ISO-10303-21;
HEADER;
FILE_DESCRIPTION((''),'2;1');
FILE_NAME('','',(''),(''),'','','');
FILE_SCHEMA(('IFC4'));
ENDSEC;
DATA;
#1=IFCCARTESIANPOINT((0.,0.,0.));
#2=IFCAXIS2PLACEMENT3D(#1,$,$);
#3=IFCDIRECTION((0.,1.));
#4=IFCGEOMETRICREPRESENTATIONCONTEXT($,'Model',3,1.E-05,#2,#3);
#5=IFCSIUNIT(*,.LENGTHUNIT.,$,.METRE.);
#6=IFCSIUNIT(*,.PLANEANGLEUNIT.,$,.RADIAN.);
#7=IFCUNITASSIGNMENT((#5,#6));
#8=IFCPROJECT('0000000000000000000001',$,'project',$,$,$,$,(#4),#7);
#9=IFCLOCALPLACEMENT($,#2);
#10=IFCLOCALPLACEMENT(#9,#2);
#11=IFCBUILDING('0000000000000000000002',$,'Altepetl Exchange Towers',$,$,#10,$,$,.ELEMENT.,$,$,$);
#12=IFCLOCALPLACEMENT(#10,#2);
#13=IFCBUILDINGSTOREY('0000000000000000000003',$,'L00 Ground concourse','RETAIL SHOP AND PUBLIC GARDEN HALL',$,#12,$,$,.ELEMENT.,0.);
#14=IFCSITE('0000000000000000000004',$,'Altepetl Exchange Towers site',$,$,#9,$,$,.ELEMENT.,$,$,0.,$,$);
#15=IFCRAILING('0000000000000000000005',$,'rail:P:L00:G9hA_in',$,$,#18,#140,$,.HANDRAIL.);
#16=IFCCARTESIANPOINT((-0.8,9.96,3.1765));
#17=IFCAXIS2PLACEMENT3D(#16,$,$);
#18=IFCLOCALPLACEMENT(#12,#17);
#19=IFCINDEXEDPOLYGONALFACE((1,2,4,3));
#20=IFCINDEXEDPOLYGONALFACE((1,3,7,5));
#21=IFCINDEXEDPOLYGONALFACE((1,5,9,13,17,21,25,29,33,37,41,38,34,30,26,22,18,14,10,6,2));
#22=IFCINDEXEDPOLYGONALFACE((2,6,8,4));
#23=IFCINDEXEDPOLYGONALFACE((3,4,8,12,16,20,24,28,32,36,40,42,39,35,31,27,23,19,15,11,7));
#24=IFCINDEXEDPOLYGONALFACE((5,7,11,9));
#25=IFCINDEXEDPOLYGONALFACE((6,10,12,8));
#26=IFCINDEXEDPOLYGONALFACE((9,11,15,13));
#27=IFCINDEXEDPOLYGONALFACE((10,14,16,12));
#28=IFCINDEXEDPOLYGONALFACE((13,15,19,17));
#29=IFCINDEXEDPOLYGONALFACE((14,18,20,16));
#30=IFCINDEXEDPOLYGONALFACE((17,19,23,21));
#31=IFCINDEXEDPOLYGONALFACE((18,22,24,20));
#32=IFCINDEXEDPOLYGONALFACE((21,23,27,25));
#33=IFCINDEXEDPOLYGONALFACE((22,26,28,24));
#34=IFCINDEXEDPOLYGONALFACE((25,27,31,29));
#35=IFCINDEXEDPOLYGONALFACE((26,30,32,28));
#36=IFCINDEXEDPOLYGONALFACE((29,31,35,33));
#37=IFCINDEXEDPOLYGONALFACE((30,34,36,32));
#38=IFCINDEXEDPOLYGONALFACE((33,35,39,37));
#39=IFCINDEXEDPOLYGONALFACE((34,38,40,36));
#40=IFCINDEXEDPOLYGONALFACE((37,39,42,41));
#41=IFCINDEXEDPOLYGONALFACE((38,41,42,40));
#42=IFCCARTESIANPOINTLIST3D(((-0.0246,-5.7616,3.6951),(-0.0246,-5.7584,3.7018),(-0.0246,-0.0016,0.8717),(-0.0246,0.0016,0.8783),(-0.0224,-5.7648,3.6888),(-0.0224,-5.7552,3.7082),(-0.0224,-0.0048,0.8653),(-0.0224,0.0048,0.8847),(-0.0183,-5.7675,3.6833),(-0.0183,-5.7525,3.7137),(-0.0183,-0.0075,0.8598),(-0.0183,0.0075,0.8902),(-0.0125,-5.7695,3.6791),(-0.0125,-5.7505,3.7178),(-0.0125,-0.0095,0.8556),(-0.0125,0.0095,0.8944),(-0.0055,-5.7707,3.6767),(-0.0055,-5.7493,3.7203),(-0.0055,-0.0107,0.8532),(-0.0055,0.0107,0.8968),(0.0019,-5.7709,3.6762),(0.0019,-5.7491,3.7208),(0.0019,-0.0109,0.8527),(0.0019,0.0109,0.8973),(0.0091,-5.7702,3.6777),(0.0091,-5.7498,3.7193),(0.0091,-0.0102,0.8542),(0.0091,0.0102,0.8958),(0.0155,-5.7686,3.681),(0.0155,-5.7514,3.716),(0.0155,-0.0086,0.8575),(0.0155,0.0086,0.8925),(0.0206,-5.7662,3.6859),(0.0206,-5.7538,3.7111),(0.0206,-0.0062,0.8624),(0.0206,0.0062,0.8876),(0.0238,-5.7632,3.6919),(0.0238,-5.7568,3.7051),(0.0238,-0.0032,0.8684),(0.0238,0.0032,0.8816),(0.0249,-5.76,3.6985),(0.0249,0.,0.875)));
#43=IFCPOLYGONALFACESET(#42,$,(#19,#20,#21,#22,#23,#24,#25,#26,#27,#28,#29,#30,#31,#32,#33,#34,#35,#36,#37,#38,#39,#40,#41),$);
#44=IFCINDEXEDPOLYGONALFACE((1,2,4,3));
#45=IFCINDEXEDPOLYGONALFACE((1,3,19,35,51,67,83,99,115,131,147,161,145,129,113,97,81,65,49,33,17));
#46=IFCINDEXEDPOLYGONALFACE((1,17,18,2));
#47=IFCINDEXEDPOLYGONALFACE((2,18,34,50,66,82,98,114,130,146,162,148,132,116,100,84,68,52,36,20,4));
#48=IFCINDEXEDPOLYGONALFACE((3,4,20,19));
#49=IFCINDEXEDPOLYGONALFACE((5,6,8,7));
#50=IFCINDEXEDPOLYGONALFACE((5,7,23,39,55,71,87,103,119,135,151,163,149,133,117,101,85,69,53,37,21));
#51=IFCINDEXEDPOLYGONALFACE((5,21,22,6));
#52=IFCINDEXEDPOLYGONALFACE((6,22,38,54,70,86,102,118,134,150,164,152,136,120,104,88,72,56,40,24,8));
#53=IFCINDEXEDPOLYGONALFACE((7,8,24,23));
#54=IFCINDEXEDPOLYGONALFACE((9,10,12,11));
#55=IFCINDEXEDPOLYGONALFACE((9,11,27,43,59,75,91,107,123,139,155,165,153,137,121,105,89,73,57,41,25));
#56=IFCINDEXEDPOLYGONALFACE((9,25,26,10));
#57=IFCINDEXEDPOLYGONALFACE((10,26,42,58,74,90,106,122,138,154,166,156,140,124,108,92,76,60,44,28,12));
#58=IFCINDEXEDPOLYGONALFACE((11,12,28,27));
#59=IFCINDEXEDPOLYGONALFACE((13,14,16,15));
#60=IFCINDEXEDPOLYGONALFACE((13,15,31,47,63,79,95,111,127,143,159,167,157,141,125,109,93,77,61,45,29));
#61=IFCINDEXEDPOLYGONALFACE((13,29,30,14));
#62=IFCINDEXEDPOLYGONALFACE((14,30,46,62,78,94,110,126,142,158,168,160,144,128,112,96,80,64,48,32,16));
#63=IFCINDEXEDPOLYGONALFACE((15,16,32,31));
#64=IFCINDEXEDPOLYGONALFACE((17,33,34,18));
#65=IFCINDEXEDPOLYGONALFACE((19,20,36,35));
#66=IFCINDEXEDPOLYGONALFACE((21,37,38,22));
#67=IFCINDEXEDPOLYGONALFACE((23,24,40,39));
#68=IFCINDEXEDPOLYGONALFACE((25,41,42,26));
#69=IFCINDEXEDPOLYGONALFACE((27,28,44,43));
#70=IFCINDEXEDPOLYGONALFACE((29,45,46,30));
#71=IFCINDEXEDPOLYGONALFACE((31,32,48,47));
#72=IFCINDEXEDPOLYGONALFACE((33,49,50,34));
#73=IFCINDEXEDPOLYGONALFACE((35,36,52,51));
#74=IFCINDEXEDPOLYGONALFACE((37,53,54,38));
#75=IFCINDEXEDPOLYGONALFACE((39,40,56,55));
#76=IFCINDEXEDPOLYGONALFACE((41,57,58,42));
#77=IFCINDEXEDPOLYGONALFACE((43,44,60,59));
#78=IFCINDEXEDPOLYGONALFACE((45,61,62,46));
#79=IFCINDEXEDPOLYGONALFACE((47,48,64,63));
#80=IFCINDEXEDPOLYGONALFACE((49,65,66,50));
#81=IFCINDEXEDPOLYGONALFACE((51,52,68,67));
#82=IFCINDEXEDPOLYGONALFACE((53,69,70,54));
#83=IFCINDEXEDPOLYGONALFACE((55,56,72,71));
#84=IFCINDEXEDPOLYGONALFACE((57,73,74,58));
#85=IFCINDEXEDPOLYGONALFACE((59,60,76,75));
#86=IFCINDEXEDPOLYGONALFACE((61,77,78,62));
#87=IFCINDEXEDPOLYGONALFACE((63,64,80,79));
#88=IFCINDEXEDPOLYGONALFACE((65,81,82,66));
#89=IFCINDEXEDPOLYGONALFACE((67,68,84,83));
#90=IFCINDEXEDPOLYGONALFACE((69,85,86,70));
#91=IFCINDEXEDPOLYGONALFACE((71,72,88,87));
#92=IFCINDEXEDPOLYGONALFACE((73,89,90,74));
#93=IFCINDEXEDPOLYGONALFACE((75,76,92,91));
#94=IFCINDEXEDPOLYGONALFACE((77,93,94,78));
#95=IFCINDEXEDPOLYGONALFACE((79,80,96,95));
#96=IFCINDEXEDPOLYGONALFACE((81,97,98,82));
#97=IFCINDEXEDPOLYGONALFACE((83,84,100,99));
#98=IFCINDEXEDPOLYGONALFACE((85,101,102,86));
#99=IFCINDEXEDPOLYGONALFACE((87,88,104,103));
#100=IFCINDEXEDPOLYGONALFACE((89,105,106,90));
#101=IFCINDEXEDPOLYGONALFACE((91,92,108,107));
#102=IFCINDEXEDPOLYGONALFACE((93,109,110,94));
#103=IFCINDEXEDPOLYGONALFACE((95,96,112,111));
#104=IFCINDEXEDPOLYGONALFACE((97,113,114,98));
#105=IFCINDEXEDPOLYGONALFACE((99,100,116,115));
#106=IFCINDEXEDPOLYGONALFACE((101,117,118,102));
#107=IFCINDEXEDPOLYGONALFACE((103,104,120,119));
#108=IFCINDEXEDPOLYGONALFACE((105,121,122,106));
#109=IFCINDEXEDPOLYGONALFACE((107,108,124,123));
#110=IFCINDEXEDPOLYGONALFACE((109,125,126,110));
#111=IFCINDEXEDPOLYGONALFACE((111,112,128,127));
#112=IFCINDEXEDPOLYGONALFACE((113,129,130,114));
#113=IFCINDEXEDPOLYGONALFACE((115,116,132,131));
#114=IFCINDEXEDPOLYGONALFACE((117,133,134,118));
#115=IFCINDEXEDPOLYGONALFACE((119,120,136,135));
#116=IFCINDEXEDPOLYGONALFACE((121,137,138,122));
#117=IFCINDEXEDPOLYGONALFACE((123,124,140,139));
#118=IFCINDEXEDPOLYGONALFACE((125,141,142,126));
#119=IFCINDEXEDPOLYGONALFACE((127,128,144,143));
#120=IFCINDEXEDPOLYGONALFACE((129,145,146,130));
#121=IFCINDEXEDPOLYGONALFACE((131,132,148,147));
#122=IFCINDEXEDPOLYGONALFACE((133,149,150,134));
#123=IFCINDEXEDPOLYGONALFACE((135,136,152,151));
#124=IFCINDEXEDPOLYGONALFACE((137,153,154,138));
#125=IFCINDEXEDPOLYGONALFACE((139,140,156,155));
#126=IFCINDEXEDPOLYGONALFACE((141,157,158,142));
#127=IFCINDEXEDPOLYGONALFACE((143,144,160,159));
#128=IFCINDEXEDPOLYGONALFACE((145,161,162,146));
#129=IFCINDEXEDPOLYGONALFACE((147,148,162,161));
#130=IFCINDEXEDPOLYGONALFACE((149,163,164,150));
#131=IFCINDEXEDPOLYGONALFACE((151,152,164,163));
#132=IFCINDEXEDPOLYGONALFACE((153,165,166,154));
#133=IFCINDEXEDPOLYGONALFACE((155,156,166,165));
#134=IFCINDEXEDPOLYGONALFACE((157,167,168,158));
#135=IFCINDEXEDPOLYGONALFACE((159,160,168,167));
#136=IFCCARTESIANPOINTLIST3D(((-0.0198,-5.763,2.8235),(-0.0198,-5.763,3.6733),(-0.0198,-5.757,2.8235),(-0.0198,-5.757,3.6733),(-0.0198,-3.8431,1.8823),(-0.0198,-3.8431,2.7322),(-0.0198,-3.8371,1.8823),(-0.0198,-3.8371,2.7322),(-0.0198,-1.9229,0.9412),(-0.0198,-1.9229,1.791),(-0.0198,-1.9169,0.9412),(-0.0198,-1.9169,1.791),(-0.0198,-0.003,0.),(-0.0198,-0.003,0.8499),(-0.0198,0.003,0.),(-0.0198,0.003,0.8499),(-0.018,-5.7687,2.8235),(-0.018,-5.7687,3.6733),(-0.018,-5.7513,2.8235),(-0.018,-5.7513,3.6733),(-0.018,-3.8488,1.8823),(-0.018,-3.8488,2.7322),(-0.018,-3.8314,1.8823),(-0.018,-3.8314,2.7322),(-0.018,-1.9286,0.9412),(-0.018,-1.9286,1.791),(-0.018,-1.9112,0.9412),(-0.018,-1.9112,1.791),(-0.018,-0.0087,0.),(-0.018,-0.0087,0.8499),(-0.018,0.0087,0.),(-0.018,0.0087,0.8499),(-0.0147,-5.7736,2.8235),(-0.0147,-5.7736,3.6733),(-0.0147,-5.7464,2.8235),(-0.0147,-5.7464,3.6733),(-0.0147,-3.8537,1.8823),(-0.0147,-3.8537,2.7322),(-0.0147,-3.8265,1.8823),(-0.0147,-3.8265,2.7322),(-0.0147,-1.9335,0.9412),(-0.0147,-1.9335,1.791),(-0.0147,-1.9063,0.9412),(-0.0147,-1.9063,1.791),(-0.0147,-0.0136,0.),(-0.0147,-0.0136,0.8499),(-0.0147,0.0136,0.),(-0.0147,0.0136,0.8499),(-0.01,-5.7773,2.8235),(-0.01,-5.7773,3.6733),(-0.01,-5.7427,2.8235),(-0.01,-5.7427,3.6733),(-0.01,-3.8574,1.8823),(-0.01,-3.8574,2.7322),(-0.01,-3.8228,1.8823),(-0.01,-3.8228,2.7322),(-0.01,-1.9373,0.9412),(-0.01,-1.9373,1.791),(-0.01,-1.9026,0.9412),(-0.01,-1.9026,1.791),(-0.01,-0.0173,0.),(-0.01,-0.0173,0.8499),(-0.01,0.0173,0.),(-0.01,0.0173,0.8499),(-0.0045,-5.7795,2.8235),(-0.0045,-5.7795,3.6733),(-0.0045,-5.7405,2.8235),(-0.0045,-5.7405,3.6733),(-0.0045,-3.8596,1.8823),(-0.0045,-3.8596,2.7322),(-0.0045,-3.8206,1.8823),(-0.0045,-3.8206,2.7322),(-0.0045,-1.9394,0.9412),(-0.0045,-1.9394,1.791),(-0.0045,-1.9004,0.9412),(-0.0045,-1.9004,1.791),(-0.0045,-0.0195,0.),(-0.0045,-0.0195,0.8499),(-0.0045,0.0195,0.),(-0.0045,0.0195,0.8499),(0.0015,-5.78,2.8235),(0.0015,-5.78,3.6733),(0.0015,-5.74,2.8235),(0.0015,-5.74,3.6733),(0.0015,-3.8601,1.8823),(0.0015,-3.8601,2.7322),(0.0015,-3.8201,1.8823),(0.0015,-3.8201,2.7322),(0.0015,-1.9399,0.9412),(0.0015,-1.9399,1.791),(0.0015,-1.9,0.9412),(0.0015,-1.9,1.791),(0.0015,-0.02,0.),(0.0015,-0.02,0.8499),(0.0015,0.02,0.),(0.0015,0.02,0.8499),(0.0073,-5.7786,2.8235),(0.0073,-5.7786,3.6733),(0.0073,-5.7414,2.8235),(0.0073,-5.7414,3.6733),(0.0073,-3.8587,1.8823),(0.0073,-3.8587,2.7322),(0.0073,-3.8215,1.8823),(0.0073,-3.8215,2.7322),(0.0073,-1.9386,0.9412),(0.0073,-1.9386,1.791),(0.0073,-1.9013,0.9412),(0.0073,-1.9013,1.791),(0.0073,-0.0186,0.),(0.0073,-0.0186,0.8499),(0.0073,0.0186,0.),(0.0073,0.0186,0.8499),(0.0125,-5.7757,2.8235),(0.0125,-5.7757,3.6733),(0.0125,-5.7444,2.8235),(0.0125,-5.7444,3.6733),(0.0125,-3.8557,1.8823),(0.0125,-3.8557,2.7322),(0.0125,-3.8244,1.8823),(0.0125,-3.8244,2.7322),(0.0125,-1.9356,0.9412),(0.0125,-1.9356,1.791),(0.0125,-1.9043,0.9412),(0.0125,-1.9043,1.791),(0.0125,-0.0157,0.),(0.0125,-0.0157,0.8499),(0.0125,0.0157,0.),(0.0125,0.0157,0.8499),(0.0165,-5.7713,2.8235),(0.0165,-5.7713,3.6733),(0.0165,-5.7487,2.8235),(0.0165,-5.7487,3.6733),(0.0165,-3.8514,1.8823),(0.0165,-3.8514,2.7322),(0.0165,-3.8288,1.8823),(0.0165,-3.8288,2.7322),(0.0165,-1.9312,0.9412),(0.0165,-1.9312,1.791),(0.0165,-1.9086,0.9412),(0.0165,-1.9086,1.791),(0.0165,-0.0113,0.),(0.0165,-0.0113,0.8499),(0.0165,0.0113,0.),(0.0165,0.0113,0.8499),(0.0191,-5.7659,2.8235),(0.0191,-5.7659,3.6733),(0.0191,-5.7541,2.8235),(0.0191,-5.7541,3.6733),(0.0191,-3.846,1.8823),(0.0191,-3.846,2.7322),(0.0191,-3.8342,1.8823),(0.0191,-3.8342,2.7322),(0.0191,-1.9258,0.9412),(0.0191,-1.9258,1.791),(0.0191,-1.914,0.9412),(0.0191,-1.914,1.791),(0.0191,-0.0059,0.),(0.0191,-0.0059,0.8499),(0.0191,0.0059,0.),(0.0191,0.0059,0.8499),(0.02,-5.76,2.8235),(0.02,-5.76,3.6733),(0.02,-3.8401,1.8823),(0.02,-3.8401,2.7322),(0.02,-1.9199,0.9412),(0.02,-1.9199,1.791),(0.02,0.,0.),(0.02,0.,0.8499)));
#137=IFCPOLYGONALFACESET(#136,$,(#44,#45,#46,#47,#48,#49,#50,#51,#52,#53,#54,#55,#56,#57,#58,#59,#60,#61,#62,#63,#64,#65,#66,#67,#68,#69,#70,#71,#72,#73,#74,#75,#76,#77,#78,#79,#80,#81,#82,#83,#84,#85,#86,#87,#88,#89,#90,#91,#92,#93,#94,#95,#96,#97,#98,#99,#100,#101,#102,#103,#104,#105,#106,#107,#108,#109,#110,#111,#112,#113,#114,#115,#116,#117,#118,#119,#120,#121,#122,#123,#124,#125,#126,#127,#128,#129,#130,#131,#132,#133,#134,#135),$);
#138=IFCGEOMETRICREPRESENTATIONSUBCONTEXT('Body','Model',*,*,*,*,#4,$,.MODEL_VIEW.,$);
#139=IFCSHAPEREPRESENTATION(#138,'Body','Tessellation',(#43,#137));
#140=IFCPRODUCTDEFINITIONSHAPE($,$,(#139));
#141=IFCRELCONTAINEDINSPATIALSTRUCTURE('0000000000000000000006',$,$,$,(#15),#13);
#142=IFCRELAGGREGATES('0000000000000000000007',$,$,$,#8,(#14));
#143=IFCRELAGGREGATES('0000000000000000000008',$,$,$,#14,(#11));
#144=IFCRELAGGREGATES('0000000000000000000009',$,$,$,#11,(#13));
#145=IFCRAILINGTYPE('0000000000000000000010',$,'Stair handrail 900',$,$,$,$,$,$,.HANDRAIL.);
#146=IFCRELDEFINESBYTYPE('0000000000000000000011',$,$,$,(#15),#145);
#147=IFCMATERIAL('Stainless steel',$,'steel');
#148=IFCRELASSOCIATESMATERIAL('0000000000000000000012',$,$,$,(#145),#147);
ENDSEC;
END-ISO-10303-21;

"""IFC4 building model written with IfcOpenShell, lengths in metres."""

from ifc_helpers import new_model, si_unit, direction, frame, origin, origin_2d, place, context, subcontext, project, spatial, circle, extrude, source, transform, mapped, material, type_object, element, save


model = new_model("IFC4")

# Units and contexts
model_context = context("Model", 3, precision=1e-05, world=origin(), true_north=direction((0.0, 1.0)))
body_context = subcontext(model_context, "Body", "Model", "MODEL_VIEW")
ifc_project = project(units=[si_unit("LENGTHUNIT", "METRE"), si_unit("PLANEANGLEUNIT", "RADIAN")], contexts=[model_context])

# Site, building, storey
site_placement = place(None, origin())
site = spatial("IfcSite", under=ifc_project, at=site_placement, Name="Altepetl Exchange Towers site", CompositionType="ELEMENT", RefElevation=0.0)
building_placement = place(site_placement, origin())
building = spatial("IfcBuilding", under=site, at=building_placement, Name="Altepetl Exchange Towers", CompositionType="ELEMENT")
storey_placement = place(building_placement, origin())
storey = spatial("IfcBuildingStorey", under=building, at=storey_placement, Name="L00 Ground concourse", Description="RETAIL SHOP AND PUBLIC GARDEN HALL", CompositionType="ELEMENT", Elevation=0.0)

# Railing
ifc_material_1 = material(Name="Stainless steel", Category="steel")
railing_type_1 = type_object("IfcRailingType", Name="Stair handrail 900", PredefinedType="HANDRAIL", material=ifc_material_1)
shared_shape_1 = source(origin(), body_context, "Body", "SweptSolid", [
    extrude(circle(Radius=0.02, at=origin_2d()), origin(), (0.0, 0.0, 1.0), 0.8499),
])
for number, where, name in (
    (1, (-0.8, 9.96, 3.1765), "rail:P:L00:G9hA_in"),
):
    element("IfcRailing", number, at=place(storey_placement, frame(where)), inside=storey, type_object=railing_type_1, Name=name, PredefinedType="HANDRAIL", context=body_context, shape_type="SweptSolid", body=[
        extrude(circle(Radius=0.0249, at=origin_2d()), frame((0.0, 0.0, 0.875), z_axis=(0.0, -0.897924, 0.440151), x_axis=(1.0, 0.0, 0.0)), (0.0, 0.0, 1.0), 6.4148),
        mapped(shared_shape_1, transform((0.0, 0.0, 0.0))),
        mapped(shared_shape_1, transform((0.0, -1.9199, 0.9412))),
        mapped(shared_shape_1, transform((0.0, -3.8401, 1.8823))),
        mapped(shared_shape_1, transform((0.0, -5.76, 2.8235))),
    ])

save(model, "model.ifc")
